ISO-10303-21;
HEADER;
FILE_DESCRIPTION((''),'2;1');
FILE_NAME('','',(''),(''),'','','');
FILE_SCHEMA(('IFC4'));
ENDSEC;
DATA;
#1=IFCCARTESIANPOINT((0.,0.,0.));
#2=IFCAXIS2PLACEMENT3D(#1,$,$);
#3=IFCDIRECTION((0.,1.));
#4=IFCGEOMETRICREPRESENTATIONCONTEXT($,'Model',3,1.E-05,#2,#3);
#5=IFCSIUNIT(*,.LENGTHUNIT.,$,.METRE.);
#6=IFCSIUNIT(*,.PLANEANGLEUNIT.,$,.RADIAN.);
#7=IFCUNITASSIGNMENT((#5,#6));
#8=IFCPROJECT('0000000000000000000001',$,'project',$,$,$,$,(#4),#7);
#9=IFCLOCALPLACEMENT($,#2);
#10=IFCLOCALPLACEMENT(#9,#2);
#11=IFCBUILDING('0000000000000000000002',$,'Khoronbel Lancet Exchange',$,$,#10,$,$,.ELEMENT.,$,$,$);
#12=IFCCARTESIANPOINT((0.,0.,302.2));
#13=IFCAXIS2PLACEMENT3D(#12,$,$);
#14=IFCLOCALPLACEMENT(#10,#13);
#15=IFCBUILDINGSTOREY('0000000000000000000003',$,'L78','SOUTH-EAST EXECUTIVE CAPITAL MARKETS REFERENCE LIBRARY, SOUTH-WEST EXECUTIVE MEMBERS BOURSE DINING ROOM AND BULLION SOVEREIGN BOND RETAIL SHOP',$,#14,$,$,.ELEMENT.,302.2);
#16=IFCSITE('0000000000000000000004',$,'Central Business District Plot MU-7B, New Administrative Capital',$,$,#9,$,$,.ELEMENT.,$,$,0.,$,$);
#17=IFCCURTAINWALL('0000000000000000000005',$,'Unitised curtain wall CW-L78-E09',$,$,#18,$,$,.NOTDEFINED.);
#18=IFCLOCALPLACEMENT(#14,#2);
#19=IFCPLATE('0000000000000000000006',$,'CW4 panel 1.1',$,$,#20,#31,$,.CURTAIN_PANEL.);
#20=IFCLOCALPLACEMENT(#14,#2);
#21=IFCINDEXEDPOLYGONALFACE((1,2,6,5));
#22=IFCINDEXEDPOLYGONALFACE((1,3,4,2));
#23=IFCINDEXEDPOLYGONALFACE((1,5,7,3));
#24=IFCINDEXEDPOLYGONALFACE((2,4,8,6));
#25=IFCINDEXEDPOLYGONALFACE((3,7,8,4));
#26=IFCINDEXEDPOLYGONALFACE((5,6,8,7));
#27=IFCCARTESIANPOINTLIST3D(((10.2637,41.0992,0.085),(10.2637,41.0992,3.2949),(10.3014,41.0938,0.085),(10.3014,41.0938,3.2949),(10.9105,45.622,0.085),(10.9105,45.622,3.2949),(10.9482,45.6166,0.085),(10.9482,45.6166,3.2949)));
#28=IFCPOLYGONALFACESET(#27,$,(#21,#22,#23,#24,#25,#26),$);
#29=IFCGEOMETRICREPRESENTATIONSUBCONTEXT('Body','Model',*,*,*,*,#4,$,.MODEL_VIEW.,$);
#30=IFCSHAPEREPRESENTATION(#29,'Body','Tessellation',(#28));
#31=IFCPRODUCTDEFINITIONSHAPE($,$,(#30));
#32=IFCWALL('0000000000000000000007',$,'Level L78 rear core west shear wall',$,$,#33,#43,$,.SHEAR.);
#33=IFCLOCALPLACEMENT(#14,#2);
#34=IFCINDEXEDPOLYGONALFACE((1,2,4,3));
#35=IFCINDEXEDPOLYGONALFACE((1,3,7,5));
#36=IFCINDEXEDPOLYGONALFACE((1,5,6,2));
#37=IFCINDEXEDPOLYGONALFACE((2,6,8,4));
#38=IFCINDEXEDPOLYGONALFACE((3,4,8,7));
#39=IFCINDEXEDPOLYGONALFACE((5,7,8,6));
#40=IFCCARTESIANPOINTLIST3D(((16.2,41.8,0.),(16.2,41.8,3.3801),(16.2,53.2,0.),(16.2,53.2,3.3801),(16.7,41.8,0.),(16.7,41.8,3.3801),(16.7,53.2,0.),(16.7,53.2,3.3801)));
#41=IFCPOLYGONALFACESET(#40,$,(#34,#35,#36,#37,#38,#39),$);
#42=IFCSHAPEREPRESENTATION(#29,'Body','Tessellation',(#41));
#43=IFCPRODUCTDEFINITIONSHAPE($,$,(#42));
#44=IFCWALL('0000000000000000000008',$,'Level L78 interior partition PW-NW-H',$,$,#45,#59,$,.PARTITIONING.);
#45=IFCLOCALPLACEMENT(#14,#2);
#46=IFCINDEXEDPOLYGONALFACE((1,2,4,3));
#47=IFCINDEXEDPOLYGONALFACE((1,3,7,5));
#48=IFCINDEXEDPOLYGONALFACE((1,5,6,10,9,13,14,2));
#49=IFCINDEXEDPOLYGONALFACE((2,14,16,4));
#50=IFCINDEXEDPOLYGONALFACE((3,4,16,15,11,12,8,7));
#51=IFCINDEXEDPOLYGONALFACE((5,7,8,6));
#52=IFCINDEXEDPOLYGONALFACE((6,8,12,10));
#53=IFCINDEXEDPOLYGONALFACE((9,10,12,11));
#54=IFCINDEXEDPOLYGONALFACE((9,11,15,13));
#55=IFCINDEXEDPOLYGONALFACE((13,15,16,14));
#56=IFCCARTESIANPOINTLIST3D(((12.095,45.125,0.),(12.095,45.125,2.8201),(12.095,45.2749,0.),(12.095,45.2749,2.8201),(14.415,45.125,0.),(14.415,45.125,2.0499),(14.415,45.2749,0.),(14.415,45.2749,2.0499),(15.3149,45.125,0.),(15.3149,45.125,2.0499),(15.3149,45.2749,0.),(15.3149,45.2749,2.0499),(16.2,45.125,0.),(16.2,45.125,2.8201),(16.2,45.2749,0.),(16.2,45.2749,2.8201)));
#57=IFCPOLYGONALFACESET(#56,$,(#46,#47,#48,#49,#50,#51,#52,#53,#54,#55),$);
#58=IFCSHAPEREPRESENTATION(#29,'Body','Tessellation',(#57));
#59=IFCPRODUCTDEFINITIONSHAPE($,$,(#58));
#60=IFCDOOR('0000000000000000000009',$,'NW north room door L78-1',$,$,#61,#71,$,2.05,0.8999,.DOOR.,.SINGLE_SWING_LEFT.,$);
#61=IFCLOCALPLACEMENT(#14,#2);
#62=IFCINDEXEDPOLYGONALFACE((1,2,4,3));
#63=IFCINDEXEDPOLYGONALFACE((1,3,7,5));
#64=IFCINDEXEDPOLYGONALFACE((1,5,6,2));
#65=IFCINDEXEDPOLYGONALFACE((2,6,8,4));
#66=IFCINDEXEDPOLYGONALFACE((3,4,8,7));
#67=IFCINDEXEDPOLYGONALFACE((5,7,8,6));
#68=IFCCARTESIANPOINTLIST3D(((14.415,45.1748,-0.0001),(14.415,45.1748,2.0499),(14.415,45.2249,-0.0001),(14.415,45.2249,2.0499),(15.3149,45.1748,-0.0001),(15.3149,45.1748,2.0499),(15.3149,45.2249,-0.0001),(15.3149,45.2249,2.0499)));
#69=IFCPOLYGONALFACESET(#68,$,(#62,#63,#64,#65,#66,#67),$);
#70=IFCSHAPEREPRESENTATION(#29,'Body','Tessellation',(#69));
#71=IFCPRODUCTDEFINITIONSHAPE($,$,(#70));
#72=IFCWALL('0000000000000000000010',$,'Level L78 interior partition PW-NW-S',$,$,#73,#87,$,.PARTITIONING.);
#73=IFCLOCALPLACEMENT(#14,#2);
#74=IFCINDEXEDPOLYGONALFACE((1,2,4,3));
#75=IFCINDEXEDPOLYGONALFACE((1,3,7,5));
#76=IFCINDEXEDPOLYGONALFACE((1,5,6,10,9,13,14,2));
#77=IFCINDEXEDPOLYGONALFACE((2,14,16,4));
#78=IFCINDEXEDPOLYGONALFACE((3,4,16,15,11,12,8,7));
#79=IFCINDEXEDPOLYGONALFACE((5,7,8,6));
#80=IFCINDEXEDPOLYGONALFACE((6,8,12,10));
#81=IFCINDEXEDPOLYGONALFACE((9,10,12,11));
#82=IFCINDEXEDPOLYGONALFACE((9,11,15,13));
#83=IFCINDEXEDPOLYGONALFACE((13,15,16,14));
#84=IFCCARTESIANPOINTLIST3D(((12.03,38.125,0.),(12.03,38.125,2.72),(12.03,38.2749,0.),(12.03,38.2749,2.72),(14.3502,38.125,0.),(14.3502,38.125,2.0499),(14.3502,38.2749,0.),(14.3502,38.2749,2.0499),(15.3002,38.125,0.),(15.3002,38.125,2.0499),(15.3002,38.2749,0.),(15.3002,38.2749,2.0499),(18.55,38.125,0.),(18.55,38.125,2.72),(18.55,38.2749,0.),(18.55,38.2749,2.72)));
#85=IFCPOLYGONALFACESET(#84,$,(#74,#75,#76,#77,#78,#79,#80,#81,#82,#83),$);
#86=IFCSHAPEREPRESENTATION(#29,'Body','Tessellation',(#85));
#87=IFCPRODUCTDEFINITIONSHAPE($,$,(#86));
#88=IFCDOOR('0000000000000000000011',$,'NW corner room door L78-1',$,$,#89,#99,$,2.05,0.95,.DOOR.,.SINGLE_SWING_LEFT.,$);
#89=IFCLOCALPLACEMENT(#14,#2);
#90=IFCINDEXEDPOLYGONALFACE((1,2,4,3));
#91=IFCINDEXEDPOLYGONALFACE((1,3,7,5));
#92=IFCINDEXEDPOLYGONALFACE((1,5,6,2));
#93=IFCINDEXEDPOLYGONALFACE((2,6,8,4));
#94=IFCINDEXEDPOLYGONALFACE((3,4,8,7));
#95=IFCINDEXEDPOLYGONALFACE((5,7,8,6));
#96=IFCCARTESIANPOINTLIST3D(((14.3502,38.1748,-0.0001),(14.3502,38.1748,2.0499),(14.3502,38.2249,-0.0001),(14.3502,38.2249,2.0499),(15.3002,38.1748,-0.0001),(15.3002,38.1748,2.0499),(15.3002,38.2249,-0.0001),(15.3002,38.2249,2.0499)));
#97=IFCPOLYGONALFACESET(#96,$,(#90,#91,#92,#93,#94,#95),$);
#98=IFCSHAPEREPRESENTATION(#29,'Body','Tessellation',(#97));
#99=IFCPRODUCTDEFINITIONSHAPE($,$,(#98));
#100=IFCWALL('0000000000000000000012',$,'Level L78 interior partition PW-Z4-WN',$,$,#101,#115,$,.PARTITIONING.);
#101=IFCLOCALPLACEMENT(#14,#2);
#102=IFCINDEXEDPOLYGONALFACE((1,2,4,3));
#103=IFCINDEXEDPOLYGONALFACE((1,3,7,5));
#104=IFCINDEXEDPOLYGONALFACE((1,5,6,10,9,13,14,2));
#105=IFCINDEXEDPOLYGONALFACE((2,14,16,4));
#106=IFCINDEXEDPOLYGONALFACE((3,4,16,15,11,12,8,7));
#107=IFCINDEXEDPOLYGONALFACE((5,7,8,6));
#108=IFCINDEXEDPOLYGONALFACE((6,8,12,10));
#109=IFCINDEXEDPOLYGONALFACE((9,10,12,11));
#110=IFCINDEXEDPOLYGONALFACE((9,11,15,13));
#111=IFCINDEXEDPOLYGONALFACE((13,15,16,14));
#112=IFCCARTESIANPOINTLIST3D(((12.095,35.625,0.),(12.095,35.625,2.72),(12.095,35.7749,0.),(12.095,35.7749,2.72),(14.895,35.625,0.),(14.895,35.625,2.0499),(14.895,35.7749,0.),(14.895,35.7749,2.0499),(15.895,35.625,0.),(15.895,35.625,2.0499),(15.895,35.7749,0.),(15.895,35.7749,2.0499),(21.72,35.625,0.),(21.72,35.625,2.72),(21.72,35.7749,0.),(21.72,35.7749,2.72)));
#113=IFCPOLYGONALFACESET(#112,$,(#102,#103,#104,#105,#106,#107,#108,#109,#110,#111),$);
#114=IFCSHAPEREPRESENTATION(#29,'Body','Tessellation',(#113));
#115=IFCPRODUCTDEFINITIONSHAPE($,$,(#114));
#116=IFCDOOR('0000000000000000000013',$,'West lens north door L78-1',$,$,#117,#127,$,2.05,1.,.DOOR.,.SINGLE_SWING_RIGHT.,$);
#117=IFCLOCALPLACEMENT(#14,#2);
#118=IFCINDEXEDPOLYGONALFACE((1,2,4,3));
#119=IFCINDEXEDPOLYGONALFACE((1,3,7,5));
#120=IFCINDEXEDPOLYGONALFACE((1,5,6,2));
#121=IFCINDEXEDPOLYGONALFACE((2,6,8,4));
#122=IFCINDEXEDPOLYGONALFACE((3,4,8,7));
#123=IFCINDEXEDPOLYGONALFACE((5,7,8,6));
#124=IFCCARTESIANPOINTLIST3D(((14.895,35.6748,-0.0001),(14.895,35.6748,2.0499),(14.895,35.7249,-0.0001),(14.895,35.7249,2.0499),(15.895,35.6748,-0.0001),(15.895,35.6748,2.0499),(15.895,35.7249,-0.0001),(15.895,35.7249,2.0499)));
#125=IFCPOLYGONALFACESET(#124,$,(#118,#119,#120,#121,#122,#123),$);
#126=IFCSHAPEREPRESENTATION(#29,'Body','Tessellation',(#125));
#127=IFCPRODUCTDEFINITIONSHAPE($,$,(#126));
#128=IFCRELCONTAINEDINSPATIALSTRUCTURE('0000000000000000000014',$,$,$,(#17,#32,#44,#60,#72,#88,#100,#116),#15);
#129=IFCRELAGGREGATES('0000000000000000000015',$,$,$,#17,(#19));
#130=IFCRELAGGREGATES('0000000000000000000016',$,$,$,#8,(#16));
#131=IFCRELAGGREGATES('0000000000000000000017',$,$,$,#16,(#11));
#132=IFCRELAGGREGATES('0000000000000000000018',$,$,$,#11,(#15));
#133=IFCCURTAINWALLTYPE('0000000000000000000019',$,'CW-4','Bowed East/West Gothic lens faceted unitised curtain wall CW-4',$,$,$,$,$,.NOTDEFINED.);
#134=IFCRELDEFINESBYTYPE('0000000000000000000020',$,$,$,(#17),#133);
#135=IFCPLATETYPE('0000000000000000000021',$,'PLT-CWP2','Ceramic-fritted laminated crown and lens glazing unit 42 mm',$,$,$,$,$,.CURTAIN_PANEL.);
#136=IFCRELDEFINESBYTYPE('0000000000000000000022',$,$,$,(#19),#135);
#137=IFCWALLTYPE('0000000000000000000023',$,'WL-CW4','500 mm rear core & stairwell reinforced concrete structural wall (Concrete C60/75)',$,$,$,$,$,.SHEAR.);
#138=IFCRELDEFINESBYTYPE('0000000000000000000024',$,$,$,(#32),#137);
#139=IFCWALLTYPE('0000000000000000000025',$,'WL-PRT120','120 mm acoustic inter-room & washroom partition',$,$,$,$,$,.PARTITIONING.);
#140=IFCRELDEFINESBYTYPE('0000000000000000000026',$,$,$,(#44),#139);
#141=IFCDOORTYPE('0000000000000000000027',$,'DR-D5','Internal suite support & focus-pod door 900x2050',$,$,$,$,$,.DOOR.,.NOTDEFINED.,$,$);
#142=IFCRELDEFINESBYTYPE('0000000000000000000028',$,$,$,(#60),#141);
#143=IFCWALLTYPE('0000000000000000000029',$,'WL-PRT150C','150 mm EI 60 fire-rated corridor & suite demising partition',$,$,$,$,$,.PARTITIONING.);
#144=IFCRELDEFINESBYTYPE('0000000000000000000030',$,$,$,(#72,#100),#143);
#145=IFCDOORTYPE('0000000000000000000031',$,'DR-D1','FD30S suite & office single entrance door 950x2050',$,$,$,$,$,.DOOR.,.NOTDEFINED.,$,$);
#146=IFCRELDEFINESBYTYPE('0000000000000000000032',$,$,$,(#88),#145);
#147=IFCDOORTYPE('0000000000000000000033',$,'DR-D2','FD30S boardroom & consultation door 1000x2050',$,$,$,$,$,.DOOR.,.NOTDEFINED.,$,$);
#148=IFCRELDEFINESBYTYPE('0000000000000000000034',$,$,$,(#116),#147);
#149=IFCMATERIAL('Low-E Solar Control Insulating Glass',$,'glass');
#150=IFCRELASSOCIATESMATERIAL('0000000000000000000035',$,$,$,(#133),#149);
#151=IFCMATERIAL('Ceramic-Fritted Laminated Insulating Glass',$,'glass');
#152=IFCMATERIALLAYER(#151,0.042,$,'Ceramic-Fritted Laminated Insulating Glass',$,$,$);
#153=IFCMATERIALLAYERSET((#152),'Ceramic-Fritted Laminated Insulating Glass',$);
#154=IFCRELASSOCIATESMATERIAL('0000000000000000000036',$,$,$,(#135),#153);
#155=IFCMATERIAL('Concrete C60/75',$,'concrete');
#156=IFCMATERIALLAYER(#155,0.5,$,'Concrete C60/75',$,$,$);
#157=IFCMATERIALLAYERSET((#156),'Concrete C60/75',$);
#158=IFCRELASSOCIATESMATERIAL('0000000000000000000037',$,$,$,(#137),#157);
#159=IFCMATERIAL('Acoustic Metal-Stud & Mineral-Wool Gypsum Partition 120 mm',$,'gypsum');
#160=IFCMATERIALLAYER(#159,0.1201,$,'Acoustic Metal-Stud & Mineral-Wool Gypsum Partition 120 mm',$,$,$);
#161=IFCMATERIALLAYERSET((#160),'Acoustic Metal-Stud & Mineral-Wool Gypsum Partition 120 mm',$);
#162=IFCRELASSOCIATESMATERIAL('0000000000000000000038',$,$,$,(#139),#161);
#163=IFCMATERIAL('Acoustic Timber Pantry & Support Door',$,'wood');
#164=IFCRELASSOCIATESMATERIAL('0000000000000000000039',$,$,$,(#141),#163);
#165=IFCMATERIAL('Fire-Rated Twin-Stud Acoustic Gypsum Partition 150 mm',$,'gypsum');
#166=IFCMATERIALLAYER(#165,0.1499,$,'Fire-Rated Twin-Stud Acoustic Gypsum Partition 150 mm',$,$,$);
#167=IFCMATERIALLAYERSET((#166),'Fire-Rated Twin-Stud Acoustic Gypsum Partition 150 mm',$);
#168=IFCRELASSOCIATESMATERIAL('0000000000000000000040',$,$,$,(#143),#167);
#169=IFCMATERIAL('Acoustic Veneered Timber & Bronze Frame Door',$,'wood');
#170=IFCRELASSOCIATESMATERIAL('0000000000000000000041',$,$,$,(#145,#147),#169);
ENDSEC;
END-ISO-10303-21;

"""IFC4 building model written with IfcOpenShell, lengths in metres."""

from ifc_helpers import new_model, si_unit, direction, frame, frame_2d, origin, origin_2d, place, context, subcontext, project, spatial, rectangle, extrude, material, layer, layer_set, type_object, element, fill, aggregate, save


model = new_model("IFC4")

# Units and contexts
model_context = context("Model", 3, precision=1e-05, world=origin(), true_north=direction((0.0, 1.0)))
body_context = subcontext(model_context, "Body", "Model", "MODEL_VIEW")
ifc_project = project(units=[si_unit("LENGTHUNIT", "METRE"), si_unit("PLANEANGLEUNIT", "RADIAN")], contexts=[model_context])

# Site, building, storey
site_placement = place(None, origin())
site = spatial("IfcSite", under=ifc_project, at=site_placement, Name="Central Business District Plot MU-7B, New Administrative Capital", CompositionType="ELEMENT", RefElevation=0.0)
building_placement = place(site_placement, origin())
building = spatial("IfcBuilding", under=site, at=building_placement, Name="Khoronbel Lancet Exchange", CompositionType="ELEMENT")
storey_placement = place(building_placement, frame((0.0, 0.0, 302.2)))
storey = spatial("IfcBuildingStorey", under=building, at=storey_placement, Name="L78", Description="SOUTH-EAST EXECUTIVE CAPITAL MARKETS REFERENCE LIBRARY, SOUTH-WEST EXECUTIVE MEMBERS BOURSE DINING ROOM AND BULLION SOVEREIGN BOND RETAIL SHOP", CompositionType="ELEMENT", Elevation=302.2)

# Shared definitions
ifc_material_1 = material(Name="Low-E Solar Control Insulating Glass", Category="glass")
curtain_wall_type = type_object("IfcCurtainWallType", Name="CW-4", Description="Bowed East/West Gothic lens faceted unitised curtain wall CW-4", PredefinedType="NOTDEFINED", material=ifc_material_1)

# Curtain wall
curtain_wall_1_placement = place(storey_placement, origin())
curtain_wall_1 = element("IfcCurtainWall", 1, at=curtain_wall_1_placement, inside=storey, type_object=curtain_wall_type, Name="Unitised curtain wall CW-L78-E09", PredefinedType="NOTDEFINED")

# Plate
ifc_material_2 = material(Name="Ceramic-Fritted Laminated Insulating Glass", Category="glass")
ifc_layer_1 = layer(ifc_material_2, 0.042, Name="Ceramic-Fritted Laminated Insulating Glass")
ifc_layer_set_1 = layer_set([ifc_layer_1], Name="Ceramic-Fritted Laminated Insulating Glass")
plate_type_1 = type_object("IfcPlateType", Name="PLT-CWP2", Description="Ceramic-fritted laminated crown and lens glazing unit 42 mm", PredefinedType="CURTAIN_PANEL", material=ifc_layer_set_1)
plate_1_placement = place(storey_placement, frame((10.606, 43.3579, 0.085), z_axis=(0.0, 0.0, 1.0), x_axis=(0.141558, 0.98993, 0.0)))
plate_1 = element("IfcPlate", 2, at=plate_1_placement, type_object=plate_type_1, Name="CW4 panel 1.1", PredefinedType="CURTAIN_PANEL", context=body_context, shape_type="SweptSolid", body=[
    extrude(rectangle(XDim=4.5688, YDim=0.0381, at=origin_2d()), origin(), (0.0, 0.0, 1.0), 3.21),
])
aggregate(curtain_wall_1, [plate_1])

# Wall
ifc_material_3 = material(Name="Concrete C60/75", Category="concrete")
ifc_layer_2 = layer(ifc_material_3, 0.5, Name="Concrete C60/75")
ifc_layer_set_2 = layer_set([ifc_layer_2], Name="Concrete C60/75")
wall_type_1 = type_object("IfcWallType", Name="WL-CW4", Description="500 mm rear core & stairwell reinforced concrete structural wall (Concrete C60/75)", PredefinedType="SHEAR", material=ifc_layer_set_2)
wall_1_placement = place(storey_placement, frame((16.45, 41.8, 0.0), z_axis=(0.0, 0.0, 1.0), x_axis=(0.0, 1.0, 0.0)))
element("IfcWall", 3, at=wall_1_placement, inside=storey, type_object=wall_type_1, Name="Level L78 rear core west shear wall", PredefinedType="SHEAR", context=body_context, shape_type="SweptSolid", body=[
    extrude(rectangle(XDim=11.3999, YDim=0.5, at=frame_2d((5.7, 0.0))), origin(), (0.0, 0.0, 1.0), 3.3801),
])

# Walls, openings, doors
ifc_material_4 = material(Name="Acoustic Metal-Stud & Mineral-Wool Gypsum Partition 120 mm", Category="gypsum")
ifc_layer_3 = layer(ifc_material_4, 0.1201, Name="Acoustic Metal-Stud & Mineral-Wool Gypsum Partition 120 mm")
ifc_layer_set_3 = layer_set([ifc_layer_3], Name="Acoustic Metal-Stud & Mineral-Wool Gypsum Partition 120 mm")
wall_type_2 = type_object("IfcWallType", Name="WL-PRT120", Description="120 mm acoustic inter-room & washroom partition", PredefinedType="PARTITIONING", material=ifc_layer_set_3)
wall_2_placement = place(storey_placement, frame((12.095, 45.2, 0.0), z_axis=(0.0, 0.0, 1.0), x_axis=(1.0, 0.0, 0.0)))
wall_2 = element("IfcWall", 4, at=wall_2_placement, inside=storey, type_object=wall_type_2, Name="Level L78 interior partition PW-NW-H", PredefinedType="PARTITIONING", context=body_context, shape_type="SweptSolid", body=[
    extrude(rectangle(XDim=4.105, YDim=0.1499, at=frame_2d((2.0525, 0.0))), origin(), (0.0, 0.0, 1.0), 2.8201),
])
opening_1_placement = place(wall_2_placement, frame((2.3201, 0.0, 0.0)))
opening_1 = element("IfcOpeningElement", 5, at=opening_1_placement, cuts=wall_2, PredefinedType="OPENING", context=body_context, shape_type="SweptSolid", body=[
    extrude(rectangle(XDim=0.8999, YDim=2.05, at=frame_2d((0.45, 1.0249))), frame((0.0, 0.085, 0.0), z_axis=(0.0, -1.0, 0.0), x_axis=(1.0, 0.0, 0.0)), (0.0, 0.0, 1.0), 0.1699),
])
ifc_material_5 = material(Name="Acoustic Timber Pantry & Support Door", Category="wood")
door_type_1 = type_object("IfcDoorType", Name="DR-D5", Description="Internal suite support & focus-pod door 900x2050", OperationType="NOTDEFINED", PredefinedType="DOOR", material=ifc_material_5)
door_1_placement = place(opening_1_placement, origin())
door_1 = element("IfcDoor", 6, at=door_1_placement, inside=storey, type_object=door_type_1, Name="NW north room door L78-1", OperationType="SINGLE_SWING_LEFT", OverallHeight=2.05, OverallWidth=0.8999, PredefinedType="DOOR", context=body_context, shape_type="SweptSolid", body=[
    extrude(rectangle(XDim=0.8999, YDim=2.05, at=frame_2d((0.45, 1.0249))), frame((0.0, 0.0249, 0.0), z_axis=(0.0, -1.0, 0.0), x_axis=(1.0, 0.0, 0.0)), (0.0, 0.0, 1.0), 0.05),
])
fill(opening_1, door_1)
ifc_material_6 = material(Name="Fire-Rated Twin-Stud Acoustic Gypsum Partition 150 mm", Category="gypsum")
ifc_layer_4 = layer(ifc_material_6, 0.1499, Name="Fire-Rated Twin-Stud Acoustic Gypsum Partition 150 mm")
ifc_layer_set_4 = layer_set([ifc_layer_4], Name="Fire-Rated Twin-Stud Acoustic Gypsum Partition 150 mm")
wall_type_3 = type_object("IfcWallType", Name="WL-PRT150C", Description="150 mm EI 60 fire-rated corridor & suite demising partition", PredefinedType="PARTITIONING", material=ifc_layer_set_4)
wall_3_placement = place(storey_placement, frame((12.03, 38.2, 0.0), z_axis=(0.0, 0.0, 1.0), x_axis=(1.0, 0.0, 0.0)))
wall_3 = element("IfcWall", 7, at=wall_3_placement, inside=storey, type_object=wall_type_3, Name="Level L78 interior partition PW-NW-S", PredefinedType="PARTITIONING", context=body_context, shape_type="SweptSolid", body=[
    extrude(rectangle(XDim=6.52, YDim=0.1499, at=frame_2d((3.26, 0.0))), origin(), (0.0, 0.0, 1.0), 2.72),
])
opening_2_placement = place(wall_3_placement, frame((2.3201, 0.0, 0.0)))
opening_2 = element("IfcOpeningElement", 8, at=opening_2_placement, cuts=wall_3, PredefinedType="OPENING", context=body_context, shape_type="SweptSolid", body=[
    extrude(rectangle(XDim=0.95, YDim=2.05, at=frame_2d((0.4751, 1.0249))), frame((0.0, 0.085, 0.0), z_axis=(0.0, -1.0, 0.0), x_axis=(1.0, 0.0, 0.0)), (0.0, 0.0, 1.0), 0.1699),
])
ifc_material_7 = material(Name="Acoustic Veneered Timber & Bronze Frame Door", Category="wood")
door_type_2 = type_object("IfcDoorType", Name="DR-D1", Description="FD30S suite & office single entrance door 950x2050", OperationType="NOTDEFINED", PredefinedType="DOOR", material=ifc_material_7)
door_2_placement = place(opening_2_placement, origin())
door_2 = element("IfcDoor", 9, at=door_2_placement, inside=storey, type_object=door_type_2, Name="NW corner room door L78-1", OperationType="SINGLE_SWING_LEFT", OverallHeight=2.05, OverallWidth=0.95, PredefinedType="DOOR", context=body_context, shape_type="SweptSolid", body=[
    extrude(rectangle(XDim=0.95, YDim=2.05, at=frame_2d((0.4751, 1.0249))), frame((0.0, 0.0249, 0.0), z_axis=(0.0, -1.0, 0.0), x_axis=(1.0, 0.0, 0.0)), (0.0, 0.0, 1.0), 0.05),
])
fill(opening_2, door_2)
wall_4_placement = place(storey_placement, frame((12.095, 35.7, 0.0), z_axis=(0.0, 0.0, 1.0), x_axis=(1.0, 0.0, 0.0)))
wall_4 = element("IfcWall", 10, at=wall_4_placement, inside=storey, type_object=wall_type_3, Name="Level L78 interior partition PW-Z4-WN", PredefinedType="PARTITIONING", context=body_context, shape_type="SweptSolid", body=[
    extrude(rectangle(XDim=9.625, YDim=0.1499, at=frame_2d((4.8125, 0.0))), origin(), (0.0, 0.0, 1.0), 2.72),
])
opening_3_placement = place(wall_4_placement, frame((2.8, 0.0, 0.0)))
opening_3 = element("IfcOpeningElement", 11, at=opening_3_placement, cuts=wall_4, PredefinedType="OPENING", context=body_context, shape_type="SweptSolid", body=[
    extrude(rectangle(XDim=1.0, YDim=2.05, at=frame_2d((0.5, 1.0249))), frame((0.0, 0.085, 0.0), z_axis=(0.0, -1.0, 0.0), x_axis=(1.0, 0.0, 0.0)), (0.0, 0.0, 1.0), 0.1699),
])
door_type_3 = type_object("IfcDoorType", Name="DR-D2", Description="FD30S boardroom & consultation door 1000x2050", OperationType="NOTDEFINED", PredefinedType="DOOR", material=ifc_material_7)
door_3_placement = place(opening_3_placement, origin())
door_3 = element("IfcDoor", 12, at=door_3_placement, inside=storey, type_object=door_type_3, Name="West lens north door L78-1", OperationType="SINGLE_SWING_RIGHT", OverallHeight=2.05, OverallWidth=1.0, PredefinedType="DOOR", context=body_context, shape_type="SweptSolid", body=[
    extrude(rectangle(XDim=1.0, YDim=2.05, at=frame_2d((0.5, 1.0249))), frame((0.0, 0.0249, 0.0), z_axis=(0.0, -1.0, 0.0), x_axis=(1.0, 0.0, 0.0)), (0.0, 0.0, 1.0), 0.05),
])
fill(opening_3, door_3)

save(model, "model.ifc")
